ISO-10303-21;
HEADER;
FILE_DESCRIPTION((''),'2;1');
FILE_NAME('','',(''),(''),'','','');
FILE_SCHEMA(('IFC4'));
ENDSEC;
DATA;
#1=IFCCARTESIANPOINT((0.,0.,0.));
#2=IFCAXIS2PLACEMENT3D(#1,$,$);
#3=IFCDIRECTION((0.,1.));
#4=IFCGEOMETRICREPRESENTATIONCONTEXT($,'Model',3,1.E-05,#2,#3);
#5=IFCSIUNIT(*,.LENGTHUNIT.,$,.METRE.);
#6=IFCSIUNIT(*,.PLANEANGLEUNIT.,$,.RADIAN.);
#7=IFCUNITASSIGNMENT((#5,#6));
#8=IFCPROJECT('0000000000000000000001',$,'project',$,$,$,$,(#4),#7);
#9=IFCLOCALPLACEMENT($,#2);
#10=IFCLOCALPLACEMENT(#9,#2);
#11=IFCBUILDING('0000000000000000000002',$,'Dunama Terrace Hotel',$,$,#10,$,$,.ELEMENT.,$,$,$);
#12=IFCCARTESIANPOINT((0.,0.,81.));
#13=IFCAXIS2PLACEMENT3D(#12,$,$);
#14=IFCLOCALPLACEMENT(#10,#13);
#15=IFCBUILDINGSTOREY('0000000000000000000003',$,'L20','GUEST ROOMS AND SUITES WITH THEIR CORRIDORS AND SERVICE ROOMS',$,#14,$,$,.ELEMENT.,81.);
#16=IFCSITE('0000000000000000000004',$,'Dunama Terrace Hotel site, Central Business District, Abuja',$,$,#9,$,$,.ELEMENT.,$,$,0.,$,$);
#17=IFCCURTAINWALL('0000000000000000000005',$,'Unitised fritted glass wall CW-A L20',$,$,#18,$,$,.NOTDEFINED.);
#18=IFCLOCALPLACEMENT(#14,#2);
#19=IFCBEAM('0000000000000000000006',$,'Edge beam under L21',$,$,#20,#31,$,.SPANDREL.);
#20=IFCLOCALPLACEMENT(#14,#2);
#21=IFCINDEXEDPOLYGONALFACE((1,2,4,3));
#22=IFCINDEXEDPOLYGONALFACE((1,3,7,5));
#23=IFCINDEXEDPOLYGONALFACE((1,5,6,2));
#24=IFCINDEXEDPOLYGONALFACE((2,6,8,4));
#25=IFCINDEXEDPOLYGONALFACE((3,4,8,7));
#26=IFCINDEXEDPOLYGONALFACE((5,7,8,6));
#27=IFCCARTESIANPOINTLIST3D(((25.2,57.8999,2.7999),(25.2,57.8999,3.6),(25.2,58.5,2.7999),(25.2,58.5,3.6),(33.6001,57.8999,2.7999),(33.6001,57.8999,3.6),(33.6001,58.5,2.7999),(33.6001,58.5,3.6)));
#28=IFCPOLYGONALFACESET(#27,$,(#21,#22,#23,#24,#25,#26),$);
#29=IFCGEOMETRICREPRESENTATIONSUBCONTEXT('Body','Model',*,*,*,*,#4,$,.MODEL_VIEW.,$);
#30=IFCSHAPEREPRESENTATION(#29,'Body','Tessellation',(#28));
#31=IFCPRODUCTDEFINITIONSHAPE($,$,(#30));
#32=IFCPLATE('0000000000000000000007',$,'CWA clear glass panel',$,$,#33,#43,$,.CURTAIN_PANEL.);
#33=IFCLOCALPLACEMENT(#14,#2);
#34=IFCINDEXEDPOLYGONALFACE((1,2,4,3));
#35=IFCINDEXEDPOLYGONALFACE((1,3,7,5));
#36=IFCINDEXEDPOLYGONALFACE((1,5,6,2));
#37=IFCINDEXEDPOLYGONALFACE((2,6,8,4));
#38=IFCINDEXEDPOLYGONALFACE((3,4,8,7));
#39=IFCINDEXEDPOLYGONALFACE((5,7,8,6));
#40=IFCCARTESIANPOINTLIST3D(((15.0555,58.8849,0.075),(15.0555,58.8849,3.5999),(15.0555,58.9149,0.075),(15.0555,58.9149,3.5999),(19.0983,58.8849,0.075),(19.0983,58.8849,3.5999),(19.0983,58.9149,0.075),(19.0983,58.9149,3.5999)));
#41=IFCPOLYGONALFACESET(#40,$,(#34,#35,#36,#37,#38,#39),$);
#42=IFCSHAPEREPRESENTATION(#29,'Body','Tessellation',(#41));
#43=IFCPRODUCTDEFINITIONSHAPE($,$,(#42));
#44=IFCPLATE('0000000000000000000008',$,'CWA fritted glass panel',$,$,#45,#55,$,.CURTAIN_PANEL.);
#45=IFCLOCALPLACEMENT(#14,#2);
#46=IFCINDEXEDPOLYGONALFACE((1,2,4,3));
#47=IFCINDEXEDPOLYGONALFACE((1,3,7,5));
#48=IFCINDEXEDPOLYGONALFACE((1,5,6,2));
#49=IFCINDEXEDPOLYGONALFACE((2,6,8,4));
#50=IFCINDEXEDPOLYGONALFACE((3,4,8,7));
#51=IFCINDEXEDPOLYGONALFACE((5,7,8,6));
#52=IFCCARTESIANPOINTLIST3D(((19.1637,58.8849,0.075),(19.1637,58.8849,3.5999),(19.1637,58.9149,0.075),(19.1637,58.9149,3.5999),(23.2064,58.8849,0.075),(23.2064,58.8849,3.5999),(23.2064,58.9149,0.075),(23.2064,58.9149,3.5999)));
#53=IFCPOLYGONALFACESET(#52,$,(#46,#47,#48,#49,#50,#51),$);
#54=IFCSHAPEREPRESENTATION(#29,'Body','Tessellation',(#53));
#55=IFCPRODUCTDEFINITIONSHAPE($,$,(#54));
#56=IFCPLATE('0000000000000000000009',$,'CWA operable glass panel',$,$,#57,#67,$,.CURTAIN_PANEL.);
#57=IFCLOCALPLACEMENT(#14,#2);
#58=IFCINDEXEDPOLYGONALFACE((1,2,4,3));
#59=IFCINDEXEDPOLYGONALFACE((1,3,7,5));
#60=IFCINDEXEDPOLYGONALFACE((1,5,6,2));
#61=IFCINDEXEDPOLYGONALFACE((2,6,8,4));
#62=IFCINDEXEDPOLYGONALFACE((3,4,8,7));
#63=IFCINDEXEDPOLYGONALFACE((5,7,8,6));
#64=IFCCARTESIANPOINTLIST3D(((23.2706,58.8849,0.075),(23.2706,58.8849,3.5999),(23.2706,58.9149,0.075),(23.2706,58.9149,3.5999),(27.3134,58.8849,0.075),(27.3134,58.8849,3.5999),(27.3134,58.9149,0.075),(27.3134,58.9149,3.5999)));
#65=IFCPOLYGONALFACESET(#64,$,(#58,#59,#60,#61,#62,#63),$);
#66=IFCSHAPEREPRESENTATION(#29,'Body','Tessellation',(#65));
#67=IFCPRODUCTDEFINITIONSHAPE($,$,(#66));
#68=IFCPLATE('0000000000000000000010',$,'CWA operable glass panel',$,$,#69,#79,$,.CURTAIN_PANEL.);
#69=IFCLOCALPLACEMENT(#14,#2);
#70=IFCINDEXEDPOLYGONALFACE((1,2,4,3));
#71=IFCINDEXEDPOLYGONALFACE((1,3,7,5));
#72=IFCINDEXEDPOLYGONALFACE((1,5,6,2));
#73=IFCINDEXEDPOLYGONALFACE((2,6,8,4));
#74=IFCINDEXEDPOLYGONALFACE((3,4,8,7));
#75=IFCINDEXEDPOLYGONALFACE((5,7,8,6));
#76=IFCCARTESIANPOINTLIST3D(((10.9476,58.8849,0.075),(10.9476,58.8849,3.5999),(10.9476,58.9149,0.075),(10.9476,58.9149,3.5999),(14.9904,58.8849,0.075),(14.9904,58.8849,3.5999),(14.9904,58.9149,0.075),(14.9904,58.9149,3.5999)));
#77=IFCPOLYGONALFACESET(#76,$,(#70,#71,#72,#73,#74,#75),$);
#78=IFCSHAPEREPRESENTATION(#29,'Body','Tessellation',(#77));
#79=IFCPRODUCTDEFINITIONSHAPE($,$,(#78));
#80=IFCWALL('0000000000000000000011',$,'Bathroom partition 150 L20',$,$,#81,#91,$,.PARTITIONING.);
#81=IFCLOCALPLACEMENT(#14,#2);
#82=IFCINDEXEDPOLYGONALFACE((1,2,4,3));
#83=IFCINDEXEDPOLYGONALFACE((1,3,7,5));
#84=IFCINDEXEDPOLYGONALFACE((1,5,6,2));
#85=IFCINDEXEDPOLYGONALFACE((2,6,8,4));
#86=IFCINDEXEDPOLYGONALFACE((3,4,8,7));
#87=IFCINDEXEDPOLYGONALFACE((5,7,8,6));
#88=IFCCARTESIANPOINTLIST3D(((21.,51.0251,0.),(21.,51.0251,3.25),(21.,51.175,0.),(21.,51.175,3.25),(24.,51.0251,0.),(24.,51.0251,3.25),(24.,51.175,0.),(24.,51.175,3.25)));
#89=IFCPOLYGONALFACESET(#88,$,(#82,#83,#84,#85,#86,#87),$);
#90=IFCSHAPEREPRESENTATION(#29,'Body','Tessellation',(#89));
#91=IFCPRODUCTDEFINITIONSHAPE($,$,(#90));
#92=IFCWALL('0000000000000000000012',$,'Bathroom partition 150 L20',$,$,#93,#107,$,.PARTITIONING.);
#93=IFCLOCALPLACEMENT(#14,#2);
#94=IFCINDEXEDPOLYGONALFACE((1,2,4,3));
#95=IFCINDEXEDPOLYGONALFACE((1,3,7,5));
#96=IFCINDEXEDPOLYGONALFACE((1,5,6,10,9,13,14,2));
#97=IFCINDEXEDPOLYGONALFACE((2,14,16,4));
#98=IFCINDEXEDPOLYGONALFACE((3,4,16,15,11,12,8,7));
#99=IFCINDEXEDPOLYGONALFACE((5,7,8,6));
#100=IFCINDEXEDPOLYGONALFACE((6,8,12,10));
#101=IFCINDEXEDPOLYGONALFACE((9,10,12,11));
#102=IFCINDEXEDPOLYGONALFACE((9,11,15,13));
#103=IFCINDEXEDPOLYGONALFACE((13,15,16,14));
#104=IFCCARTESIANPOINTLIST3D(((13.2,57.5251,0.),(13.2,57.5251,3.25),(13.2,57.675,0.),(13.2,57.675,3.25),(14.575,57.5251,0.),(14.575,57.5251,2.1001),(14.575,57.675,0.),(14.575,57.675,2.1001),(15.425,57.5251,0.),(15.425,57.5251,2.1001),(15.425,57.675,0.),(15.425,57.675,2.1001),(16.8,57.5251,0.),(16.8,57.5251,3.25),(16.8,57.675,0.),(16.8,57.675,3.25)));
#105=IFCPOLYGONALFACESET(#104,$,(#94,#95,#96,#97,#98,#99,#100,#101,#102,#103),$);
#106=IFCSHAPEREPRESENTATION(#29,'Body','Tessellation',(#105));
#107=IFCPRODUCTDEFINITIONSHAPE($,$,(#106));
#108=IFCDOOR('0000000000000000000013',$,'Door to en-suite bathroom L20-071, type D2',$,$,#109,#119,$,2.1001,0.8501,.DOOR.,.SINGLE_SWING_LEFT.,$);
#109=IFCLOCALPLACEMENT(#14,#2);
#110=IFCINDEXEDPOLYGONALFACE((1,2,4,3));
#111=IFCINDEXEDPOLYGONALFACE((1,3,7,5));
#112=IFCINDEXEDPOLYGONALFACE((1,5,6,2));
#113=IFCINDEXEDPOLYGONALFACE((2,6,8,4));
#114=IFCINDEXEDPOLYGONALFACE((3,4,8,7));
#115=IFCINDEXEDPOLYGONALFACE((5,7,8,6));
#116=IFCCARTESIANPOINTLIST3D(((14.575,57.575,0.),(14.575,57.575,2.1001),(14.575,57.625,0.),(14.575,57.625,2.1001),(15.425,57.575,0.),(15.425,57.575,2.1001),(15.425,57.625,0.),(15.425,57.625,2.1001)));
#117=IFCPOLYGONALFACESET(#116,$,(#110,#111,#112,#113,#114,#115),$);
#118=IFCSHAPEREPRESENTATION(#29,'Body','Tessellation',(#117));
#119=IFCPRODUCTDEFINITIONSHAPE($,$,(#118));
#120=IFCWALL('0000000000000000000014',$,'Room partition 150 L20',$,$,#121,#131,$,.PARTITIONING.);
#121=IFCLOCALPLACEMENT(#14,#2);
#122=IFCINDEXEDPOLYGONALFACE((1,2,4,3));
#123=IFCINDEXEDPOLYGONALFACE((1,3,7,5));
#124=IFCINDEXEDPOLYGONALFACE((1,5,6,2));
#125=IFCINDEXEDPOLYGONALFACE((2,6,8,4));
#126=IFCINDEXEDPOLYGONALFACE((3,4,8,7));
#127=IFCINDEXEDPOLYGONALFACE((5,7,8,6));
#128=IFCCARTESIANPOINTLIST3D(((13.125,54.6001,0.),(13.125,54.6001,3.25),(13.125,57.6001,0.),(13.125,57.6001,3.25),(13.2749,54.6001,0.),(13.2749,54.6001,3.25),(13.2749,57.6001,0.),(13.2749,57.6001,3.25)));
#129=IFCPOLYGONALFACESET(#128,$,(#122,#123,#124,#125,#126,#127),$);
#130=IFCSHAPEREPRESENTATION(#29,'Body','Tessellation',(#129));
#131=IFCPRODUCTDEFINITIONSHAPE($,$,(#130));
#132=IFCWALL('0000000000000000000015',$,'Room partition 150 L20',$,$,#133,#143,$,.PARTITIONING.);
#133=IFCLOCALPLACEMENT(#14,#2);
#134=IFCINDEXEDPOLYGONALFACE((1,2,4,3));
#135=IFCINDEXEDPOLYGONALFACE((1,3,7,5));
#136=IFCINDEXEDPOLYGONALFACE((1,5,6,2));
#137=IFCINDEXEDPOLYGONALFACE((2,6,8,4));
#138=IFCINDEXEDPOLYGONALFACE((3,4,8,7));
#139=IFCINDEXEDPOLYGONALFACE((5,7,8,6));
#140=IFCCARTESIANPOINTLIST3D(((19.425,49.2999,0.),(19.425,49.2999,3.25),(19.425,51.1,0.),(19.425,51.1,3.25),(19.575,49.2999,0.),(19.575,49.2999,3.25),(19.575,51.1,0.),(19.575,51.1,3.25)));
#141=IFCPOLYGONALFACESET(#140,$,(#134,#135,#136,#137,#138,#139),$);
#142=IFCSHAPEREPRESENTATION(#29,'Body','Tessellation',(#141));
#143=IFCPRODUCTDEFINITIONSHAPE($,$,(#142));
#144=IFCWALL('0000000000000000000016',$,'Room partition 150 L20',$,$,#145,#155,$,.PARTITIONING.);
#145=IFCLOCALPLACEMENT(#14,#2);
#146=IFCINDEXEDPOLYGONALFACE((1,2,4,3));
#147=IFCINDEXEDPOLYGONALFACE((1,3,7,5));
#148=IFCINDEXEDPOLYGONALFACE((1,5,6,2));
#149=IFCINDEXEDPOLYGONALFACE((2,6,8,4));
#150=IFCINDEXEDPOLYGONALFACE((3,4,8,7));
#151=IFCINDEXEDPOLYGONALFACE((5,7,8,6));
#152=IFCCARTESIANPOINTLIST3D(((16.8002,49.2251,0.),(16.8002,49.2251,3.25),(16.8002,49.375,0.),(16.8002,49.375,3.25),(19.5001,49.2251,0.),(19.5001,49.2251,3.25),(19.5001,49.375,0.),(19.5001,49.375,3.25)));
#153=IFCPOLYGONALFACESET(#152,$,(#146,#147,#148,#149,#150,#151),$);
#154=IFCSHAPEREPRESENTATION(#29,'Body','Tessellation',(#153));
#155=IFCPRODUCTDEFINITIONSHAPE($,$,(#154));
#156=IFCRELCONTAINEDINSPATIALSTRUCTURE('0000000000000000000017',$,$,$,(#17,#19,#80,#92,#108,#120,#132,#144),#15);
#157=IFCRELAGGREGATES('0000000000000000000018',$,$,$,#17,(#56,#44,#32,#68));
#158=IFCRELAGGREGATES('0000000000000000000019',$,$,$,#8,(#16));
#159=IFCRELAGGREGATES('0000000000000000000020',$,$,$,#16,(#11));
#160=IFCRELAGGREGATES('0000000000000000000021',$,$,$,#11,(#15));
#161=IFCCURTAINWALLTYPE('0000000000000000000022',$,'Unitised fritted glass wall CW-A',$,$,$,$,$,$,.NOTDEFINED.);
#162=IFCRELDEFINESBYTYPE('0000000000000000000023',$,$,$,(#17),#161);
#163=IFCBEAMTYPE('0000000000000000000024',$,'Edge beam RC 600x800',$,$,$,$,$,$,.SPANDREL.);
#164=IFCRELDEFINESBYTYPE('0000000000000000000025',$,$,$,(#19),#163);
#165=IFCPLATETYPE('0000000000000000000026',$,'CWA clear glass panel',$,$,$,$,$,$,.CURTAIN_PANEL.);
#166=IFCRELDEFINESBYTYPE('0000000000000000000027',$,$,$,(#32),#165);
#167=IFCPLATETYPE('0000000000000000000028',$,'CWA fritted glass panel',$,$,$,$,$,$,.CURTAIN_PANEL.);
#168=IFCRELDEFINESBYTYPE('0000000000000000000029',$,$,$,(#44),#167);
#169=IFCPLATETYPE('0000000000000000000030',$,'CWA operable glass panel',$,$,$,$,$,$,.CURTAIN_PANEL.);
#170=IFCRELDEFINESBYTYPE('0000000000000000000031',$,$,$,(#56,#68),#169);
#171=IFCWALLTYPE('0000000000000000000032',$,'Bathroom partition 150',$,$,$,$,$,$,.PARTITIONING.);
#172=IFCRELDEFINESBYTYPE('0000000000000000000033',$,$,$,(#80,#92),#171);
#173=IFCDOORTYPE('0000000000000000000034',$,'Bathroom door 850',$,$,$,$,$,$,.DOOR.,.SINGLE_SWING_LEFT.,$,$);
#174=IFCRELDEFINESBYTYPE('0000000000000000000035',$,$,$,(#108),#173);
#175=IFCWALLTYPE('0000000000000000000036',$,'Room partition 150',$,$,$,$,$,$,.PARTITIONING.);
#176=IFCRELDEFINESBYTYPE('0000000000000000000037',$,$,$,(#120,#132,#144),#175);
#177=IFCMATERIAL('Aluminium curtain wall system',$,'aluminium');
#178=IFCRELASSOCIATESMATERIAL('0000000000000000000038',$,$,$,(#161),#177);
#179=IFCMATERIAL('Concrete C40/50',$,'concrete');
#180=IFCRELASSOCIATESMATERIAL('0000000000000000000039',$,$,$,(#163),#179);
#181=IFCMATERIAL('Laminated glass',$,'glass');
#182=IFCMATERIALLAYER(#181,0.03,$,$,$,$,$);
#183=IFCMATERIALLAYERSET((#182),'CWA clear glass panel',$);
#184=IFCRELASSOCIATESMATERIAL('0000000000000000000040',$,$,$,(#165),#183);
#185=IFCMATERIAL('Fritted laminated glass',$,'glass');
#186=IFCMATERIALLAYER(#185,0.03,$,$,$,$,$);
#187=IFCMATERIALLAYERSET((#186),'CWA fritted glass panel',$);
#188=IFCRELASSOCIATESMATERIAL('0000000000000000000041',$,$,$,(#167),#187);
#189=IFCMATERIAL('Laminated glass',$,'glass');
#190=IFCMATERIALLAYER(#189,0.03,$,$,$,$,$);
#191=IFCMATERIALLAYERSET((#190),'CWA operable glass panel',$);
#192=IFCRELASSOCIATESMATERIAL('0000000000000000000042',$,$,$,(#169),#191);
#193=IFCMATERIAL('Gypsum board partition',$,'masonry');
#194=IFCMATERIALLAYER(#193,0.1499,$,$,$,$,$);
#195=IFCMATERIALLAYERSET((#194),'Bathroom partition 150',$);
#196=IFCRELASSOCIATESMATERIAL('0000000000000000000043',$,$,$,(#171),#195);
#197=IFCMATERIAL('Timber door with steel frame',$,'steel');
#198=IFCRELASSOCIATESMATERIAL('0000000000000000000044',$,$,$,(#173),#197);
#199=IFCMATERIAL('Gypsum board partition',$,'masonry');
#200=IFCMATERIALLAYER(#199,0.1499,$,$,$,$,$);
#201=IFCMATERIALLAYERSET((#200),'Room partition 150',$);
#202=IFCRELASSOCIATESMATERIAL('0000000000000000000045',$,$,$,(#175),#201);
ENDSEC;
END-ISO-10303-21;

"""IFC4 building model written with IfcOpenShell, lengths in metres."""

from ifc_helpers import new_model, si_unit, direction, frame, frame_2d, origin, origin_2d, place, context, subcontext, project, spatial, rectangle, extrude, material, layer, layer_set, material_profile, profile_set, type_object, element, fill, aggregate, save


model = new_model("IFC4")

# Units and contexts
model_context = context("Model", 3, precision=1e-05, world=origin(), true_north=direction((0.0, 1.0)))
body_context = subcontext(model_context, "Body", "Model", "MODEL_VIEW")
ifc_project = project(units=[si_unit("LENGTHUNIT", "METRE"), si_unit("PLANEANGLEUNIT", "RADIAN")], contexts=[model_context])

# Site, building, storey
site_placement = place(None, origin())
site = spatial("IfcSite", under=ifc_project, at=site_placement, Name="Dunama Terrace Hotel site, Central Business District, Abuja", CompositionType="ELEMENT", RefElevation=0.0)
building_placement = place(site_placement, origin())
building = spatial("IfcBuilding", under=site, at=building_placement, Name="Dunama Terrace Hotel", CompositionType="ELEMENT")
storey_placement = place(building_placement, frame((0.0, 0.0, 81.0)))
storey = spatial("IfcBuildingStorey", under=building, at=storey_placement, Name="L20", Description="GUEST ROOMS AND SUITES WITH THEIR CORRIDORS AND SERVICE ROOMS", CompositionType="ELEMENT", Elevation=81.0)

# Curtain wall
ifc_material_1 = material(Name="Aluminium curtain wall system", Category="aluminium")
curtain_wall_type = type_object("IfcCurtainWallType", Name="Unitised fritted glass wall CW-A", PredefinedType="NOTDEFINED", material=ifc_material_1)
curtain_wall_placement = place(storey_placement, origin())
curtain_wall = element("IfcCurtainWall", 1, at=curtain_wall_placement, inside=storey, type_object=curtain_wall_type, Name="Unitised fritted glass wall CW-A L20", PredefinedType="NOTDEFINED")

# Beam
ifc_material_2 = material(Name="Concrete C40/50", Category="concrete")
ifc_material_profile_1 = material_profile(ifc_material_2, rectangle(XDim=0.6001, YDim=0.8, at=origin_2d()), Name="RC 600x800")
ifc_profile_set_1 = profile_set([ifc_material_profile_1], Name="Concrete C40/50")
beam_type = type_object("IfcBeamType", Name="Edge beam RC 600x800", PredefinedType="SPANDREL", material=ifc_profile_set_1)
beam_1_placement = place(storey_placement, frame((25.2, 58.2, 3.2), z_axis=(1.0, 0.0, 0.0), x_axis=(0.0, 1.0, 0.0)))
element("IfcBeam", 2, at=beam_1_placement, inside=storey, type_object=beam_type, Name="Edge beam under L21", PredefinedType="SPANDREL", context=body_context, shape_type="SweptSolid", body=[
    extrude(rectangle(XDim=0.6001, YDim=0.8, at=origin_2d()), origin(), (0.0, 0.0, 1.0), 8.4001),
])

# Plates
ifc_material_3 = material(Name="Laminated glass", Category="glass")
ifc_layer_1 = layer(ifc_material_3, 0.03)
ifc_layer_set_1 = layer_set([ifc_layer_1], Name="CWA clear glass panel")
plate_type_1 = type_object("IfcPlateType", Name="CWA clear glass panel", PredefinedType="CURTAIN_PANEL", material=ifc_layer_set_1)
plate_1_placement = place(storey_placement, frame((17.0769, 58.8999, 0.075), z_axis=(0.0, 0.0, 1.0), x_axis=(-1.0, 0.0, 0.0)))
plate_1 = element("IfcPlate", 3, at=plate_1_placement, type_object=plate_type_1, Name="CWA clear glass panel", PredefinedType="CURTAIN_PANEL", context=body_context, shape_type="SweptSolid", body=[
    extrude(rectangle(XDim=4.0427, YDim=0.03, at=origin_2d()), origin(), (0.0, 0.0, 1.0), 3.5249),
])
ifc_material_4 = material(Name="Fritted laminated glass", Category="glass")
ifc_layer_2 = layer(ifc_material_4, 0.03)
ifc_layer_set_2 = layer_set([ifc_layer_2], Name="CWA fritted glass panel")
plate_type_2 = type_object("IfcPlateType", Name="CWA fritted glass panel", PredefinedType="CURTAIN_PANEL", material=ifc_layer_set_2)
plate_2_placement = place(storey_placement, frame((21.1851, 58.8999, 0.075), z_axis=(0.0, 0.0, 1.0), x_axis=(-1.0, 0.0, 0.0)))
plate_2 = element("IfcPlate", 4, at=plate_2_placement, type_object=plate_type_2, Name="CWA fritted glass panel", PredefinedType="CURTAIN_PANEL", context=body_context, shape_type="SweptSolid", body=[
    extrude(rectangle(XDim=4.0427, YDim=0.03, at=origin_2d()), origin(), (0.0, 0.0, 1.0), 3.5249),
])
ifc_material_5 = material(Name="Laminated glass", Category="glass")
ifc_layer_3 = layer(ifc_material_5, 0.03)
ifc_layer_set_3 = layer_set([ifc_layer_3], Name="CWA operable glass panel")
plate_type_3 = type_object("IfcPlateType", Name="CWA operable glass panel", PredefinedType="CURTAIN_PANEL", material=ifc_layer_set_3)
plate_3_placement = place(storey_placement, frame((25.292, 58.8999, 0.075), z_axis=(0.0, 0.0, 1.0), x_axis=(-1.0, 0.0, 0.0)))
plate_3 = element("IfcPlate", 5, at=plate_3_placement, type_object=plate_type_3, Name="CWA operable glass panel", PredefinedType="CURTAIN_PANEL", context=body_context, shape_type="SweptSolid", body=[
    extrude(rectangle(XDim=4.0427, YDim=0.03, at=origin_2d()), origin(), (0.0, 0.0, 1.0), 3.5249),
])
plate_4_placement = place(storey_placement, frame((12.969, 58.8999, 0.075), z_axis=(0.0, 0.0, 1.0), x_axis=(-1.0, 0.0, 0.0)))
plate_4 = element("IfcPlate", 6, at=plate_4_placement, type_object=plate_type_3, Name="CWA operable glass panel", PredefinedType="CURTAIN_PANEL", context=body_context, shape_type="SweptSolid", body=[
    extrude(rectangle(XDim=4.0427, YDim=0.03, at=origin_2d()), origin(), (0.0, 0.0, 1.0), 3.5249),
])
aggregate(curtain_wall, [plate_3, plate_2, plate_1, plate_4])

# Wall
ifc_material_6 = material(Name="Gypsum board partition", Category="masonry")
ifc_layer_4 = layer(ifc_material_6, 0.1499)
ifc_layer_set_4 = layer_set([ifc_layer_4], Name="Bathroom partition 150")
wall_type_1 = type_object("IfcWallType", Name="Bathroom partition 150", PredefinedType="PARTITIONING", material=ifc_layer_set_4)
wall_1_placement = place(storey_placement, frame((21.0, 51.1001, 0.0), z_axis=(0.0, 0.0, 1.0), x_axis=(1.0, 0.0, 0.0)))
element("IfcWall", 7, at=wall_1_placement, inside=storey, type_object=wall_type_1, Name="Bathroom partition 150 L20", PredefinedType="PARTITIONING", context=body_context, shape_type="SweptSolid", body=[
    extrude(rectangle(XDim=3.0, YDim=0.1499, at=frame_2d((1.5, 0.0))), origin(), (0.0, 0.0, 1.0), 3.25),
])

# Wall, opening, door
wall_2_placement = place(storey_placement, frame((13.2, 57.6001, 0.0), z_axis=(0.0, 0.0, 1.0), x_axis=(1.0, 0.0, 0.0)))
wall_2 = element("IfcWall", 8, at=wall_2_placement, inside=storey, type_object=wall_type_1, Name="Bathroom partition 150 L20", PredefinedType="PARTITIONING", context=body_context, shape_type="SweptSolid", body=[
    extrude(rectangle(XDim=3.6001, YDim=0.1499, at=frame_2d((1.8, 0.0))), origin(), (0.0, 0.0, 1.0), 3.25),
])
opening_1_placement = place(wall_2_placement, frame((1.375, 0.0, 0.0)))
opening_1 = element("IfcOpeningElement", 9, at=opening_1_placement, cuts=wall_2, PredefinedType="OPENING", context=body_context, shape_type="SweptSolid", body=[
    extrude(rectangle(XDim=0.8501, YDim=2.1001, at=frame_2d((0.425, 1.05))), frame((0.0, 0.085, 0.0), z_axis=(0.0, -1.0, 0.0), x_axis=(1.0, 0.0, 0.0)), (0.0, 0.0, 1.0), 0.1699),
])
ifc_material_7 = material(Name="Timber door with steel frame", Category="steel")
door_type_1 = type_object("IfcDoorType", Name="Bathroom door 850", OperationType="SINGLE_SWING_LEFT", PredefinedType="DOOR", material=ifc_material_7)
door_1_placement = place(opening_1_placement, frame((0.8501, 0.0, 0.0), z_axis=(0.0, 0.0, 1.0), x_axis=(-1.0, 0.0, 0.0)))
door_1 = element("IfcDoor", 10, at=door_1_placement, inside=storey, type_object=door_type_1, Name="Door to en-suite bathroom L20-071, type D2", OperationType="SINGLE_SWING_LEFT", OverallHeight=2.1001, OverallWidth=0.8501, PredefinedType="DOOR", context=body_context, shape_type="SweptSolid", body=[
    extrude(rectangle(XDim=0.8501, YDim=2.1001, at=frame_2d((0.425, 1.05))), frame((0.0, 0.0251, 0.0), z_axis=(0.0, -1.0, 0.0), x_axis=(1.0, 0.0, 0.0)), (0.0, 0.0, 1.0), 0.05),
])
fill(opening_1, door_1)

# Walls
ifc_material_8 = material(Name="Gypsum board partition", Category="masonry")
ifc_layer_5 = layer(ifc_material_8, 0.1499)
ifc_layer_set_5 = layer_set([ifc_layer_5], Name="Room partition 150")
wall_type_2 = type_object("IfcWallType", Name="Room partition 150", PredefinedType="PARTITIONING", material=ifc_layer_set_5)
wall_3_placement = place(storey_placement, frame((13.2, 54.6001, 0.0), z_axis=(0.0, 0.0, 1.0), x_axis=(0.0, 1.0, 0.0)))
element("IfcWall", 11, at=wall_3_placement, inside=storey, type_object=wall_type_2, Name="Room partition 150 L20", PredefinedType="PARTITIONING", context=body_context, shape_type="SweptSolid", body=[
    extrude(rectangle(XDim=3.0, YDim=0.1499, at=frame_2d((1.5, 0.0))), origin(), (0.0, 0.0, 1.0), 3.25),
])
wall_4_placement = place(storey_placement, frame((19.5, 49.3, 0.0), z_axis=(0.0, 0.0, 1.0), x_axis=(0.0, 1.0, 0.0)))
element("IfcWall", 12, at=wall_4_placement, inside=storey, type_object=wall_type_2, Name="Room partition 150 L20", PredefinedType="PARTITIONING", context=body_context, shape_type="SweptSolid", body=[
    extrude(rectangle(XDim=1.8, YDim=0.1499, at=frame_2d((0.8999, 0.0))), origin(), (0.0, 0.0, 1.0), 3.25),
])
wall_5_placement = place(storey_placement, frame((16.8, 49.3, 0.0), z_axis=(0.0, 0.0, 1.0), x_axis=(1.0, 0.0, 0.0)))
element("IfcWall", 13, at=wall_5_placement, inside=storey, type_object=wall_type_2, Name="Room partition 150 L20", PredefinedType="PARTITIONING", context=body_context, shape_type="SweptSolid", body=[
    extrude(rectangle(XDim=2.7, YDim=0.1499, at=frame_2d((1.3501, 0.0))), origin(), (0.0, 0.0, 1.0), 3.25),
])

save(model, "model.ifc")
